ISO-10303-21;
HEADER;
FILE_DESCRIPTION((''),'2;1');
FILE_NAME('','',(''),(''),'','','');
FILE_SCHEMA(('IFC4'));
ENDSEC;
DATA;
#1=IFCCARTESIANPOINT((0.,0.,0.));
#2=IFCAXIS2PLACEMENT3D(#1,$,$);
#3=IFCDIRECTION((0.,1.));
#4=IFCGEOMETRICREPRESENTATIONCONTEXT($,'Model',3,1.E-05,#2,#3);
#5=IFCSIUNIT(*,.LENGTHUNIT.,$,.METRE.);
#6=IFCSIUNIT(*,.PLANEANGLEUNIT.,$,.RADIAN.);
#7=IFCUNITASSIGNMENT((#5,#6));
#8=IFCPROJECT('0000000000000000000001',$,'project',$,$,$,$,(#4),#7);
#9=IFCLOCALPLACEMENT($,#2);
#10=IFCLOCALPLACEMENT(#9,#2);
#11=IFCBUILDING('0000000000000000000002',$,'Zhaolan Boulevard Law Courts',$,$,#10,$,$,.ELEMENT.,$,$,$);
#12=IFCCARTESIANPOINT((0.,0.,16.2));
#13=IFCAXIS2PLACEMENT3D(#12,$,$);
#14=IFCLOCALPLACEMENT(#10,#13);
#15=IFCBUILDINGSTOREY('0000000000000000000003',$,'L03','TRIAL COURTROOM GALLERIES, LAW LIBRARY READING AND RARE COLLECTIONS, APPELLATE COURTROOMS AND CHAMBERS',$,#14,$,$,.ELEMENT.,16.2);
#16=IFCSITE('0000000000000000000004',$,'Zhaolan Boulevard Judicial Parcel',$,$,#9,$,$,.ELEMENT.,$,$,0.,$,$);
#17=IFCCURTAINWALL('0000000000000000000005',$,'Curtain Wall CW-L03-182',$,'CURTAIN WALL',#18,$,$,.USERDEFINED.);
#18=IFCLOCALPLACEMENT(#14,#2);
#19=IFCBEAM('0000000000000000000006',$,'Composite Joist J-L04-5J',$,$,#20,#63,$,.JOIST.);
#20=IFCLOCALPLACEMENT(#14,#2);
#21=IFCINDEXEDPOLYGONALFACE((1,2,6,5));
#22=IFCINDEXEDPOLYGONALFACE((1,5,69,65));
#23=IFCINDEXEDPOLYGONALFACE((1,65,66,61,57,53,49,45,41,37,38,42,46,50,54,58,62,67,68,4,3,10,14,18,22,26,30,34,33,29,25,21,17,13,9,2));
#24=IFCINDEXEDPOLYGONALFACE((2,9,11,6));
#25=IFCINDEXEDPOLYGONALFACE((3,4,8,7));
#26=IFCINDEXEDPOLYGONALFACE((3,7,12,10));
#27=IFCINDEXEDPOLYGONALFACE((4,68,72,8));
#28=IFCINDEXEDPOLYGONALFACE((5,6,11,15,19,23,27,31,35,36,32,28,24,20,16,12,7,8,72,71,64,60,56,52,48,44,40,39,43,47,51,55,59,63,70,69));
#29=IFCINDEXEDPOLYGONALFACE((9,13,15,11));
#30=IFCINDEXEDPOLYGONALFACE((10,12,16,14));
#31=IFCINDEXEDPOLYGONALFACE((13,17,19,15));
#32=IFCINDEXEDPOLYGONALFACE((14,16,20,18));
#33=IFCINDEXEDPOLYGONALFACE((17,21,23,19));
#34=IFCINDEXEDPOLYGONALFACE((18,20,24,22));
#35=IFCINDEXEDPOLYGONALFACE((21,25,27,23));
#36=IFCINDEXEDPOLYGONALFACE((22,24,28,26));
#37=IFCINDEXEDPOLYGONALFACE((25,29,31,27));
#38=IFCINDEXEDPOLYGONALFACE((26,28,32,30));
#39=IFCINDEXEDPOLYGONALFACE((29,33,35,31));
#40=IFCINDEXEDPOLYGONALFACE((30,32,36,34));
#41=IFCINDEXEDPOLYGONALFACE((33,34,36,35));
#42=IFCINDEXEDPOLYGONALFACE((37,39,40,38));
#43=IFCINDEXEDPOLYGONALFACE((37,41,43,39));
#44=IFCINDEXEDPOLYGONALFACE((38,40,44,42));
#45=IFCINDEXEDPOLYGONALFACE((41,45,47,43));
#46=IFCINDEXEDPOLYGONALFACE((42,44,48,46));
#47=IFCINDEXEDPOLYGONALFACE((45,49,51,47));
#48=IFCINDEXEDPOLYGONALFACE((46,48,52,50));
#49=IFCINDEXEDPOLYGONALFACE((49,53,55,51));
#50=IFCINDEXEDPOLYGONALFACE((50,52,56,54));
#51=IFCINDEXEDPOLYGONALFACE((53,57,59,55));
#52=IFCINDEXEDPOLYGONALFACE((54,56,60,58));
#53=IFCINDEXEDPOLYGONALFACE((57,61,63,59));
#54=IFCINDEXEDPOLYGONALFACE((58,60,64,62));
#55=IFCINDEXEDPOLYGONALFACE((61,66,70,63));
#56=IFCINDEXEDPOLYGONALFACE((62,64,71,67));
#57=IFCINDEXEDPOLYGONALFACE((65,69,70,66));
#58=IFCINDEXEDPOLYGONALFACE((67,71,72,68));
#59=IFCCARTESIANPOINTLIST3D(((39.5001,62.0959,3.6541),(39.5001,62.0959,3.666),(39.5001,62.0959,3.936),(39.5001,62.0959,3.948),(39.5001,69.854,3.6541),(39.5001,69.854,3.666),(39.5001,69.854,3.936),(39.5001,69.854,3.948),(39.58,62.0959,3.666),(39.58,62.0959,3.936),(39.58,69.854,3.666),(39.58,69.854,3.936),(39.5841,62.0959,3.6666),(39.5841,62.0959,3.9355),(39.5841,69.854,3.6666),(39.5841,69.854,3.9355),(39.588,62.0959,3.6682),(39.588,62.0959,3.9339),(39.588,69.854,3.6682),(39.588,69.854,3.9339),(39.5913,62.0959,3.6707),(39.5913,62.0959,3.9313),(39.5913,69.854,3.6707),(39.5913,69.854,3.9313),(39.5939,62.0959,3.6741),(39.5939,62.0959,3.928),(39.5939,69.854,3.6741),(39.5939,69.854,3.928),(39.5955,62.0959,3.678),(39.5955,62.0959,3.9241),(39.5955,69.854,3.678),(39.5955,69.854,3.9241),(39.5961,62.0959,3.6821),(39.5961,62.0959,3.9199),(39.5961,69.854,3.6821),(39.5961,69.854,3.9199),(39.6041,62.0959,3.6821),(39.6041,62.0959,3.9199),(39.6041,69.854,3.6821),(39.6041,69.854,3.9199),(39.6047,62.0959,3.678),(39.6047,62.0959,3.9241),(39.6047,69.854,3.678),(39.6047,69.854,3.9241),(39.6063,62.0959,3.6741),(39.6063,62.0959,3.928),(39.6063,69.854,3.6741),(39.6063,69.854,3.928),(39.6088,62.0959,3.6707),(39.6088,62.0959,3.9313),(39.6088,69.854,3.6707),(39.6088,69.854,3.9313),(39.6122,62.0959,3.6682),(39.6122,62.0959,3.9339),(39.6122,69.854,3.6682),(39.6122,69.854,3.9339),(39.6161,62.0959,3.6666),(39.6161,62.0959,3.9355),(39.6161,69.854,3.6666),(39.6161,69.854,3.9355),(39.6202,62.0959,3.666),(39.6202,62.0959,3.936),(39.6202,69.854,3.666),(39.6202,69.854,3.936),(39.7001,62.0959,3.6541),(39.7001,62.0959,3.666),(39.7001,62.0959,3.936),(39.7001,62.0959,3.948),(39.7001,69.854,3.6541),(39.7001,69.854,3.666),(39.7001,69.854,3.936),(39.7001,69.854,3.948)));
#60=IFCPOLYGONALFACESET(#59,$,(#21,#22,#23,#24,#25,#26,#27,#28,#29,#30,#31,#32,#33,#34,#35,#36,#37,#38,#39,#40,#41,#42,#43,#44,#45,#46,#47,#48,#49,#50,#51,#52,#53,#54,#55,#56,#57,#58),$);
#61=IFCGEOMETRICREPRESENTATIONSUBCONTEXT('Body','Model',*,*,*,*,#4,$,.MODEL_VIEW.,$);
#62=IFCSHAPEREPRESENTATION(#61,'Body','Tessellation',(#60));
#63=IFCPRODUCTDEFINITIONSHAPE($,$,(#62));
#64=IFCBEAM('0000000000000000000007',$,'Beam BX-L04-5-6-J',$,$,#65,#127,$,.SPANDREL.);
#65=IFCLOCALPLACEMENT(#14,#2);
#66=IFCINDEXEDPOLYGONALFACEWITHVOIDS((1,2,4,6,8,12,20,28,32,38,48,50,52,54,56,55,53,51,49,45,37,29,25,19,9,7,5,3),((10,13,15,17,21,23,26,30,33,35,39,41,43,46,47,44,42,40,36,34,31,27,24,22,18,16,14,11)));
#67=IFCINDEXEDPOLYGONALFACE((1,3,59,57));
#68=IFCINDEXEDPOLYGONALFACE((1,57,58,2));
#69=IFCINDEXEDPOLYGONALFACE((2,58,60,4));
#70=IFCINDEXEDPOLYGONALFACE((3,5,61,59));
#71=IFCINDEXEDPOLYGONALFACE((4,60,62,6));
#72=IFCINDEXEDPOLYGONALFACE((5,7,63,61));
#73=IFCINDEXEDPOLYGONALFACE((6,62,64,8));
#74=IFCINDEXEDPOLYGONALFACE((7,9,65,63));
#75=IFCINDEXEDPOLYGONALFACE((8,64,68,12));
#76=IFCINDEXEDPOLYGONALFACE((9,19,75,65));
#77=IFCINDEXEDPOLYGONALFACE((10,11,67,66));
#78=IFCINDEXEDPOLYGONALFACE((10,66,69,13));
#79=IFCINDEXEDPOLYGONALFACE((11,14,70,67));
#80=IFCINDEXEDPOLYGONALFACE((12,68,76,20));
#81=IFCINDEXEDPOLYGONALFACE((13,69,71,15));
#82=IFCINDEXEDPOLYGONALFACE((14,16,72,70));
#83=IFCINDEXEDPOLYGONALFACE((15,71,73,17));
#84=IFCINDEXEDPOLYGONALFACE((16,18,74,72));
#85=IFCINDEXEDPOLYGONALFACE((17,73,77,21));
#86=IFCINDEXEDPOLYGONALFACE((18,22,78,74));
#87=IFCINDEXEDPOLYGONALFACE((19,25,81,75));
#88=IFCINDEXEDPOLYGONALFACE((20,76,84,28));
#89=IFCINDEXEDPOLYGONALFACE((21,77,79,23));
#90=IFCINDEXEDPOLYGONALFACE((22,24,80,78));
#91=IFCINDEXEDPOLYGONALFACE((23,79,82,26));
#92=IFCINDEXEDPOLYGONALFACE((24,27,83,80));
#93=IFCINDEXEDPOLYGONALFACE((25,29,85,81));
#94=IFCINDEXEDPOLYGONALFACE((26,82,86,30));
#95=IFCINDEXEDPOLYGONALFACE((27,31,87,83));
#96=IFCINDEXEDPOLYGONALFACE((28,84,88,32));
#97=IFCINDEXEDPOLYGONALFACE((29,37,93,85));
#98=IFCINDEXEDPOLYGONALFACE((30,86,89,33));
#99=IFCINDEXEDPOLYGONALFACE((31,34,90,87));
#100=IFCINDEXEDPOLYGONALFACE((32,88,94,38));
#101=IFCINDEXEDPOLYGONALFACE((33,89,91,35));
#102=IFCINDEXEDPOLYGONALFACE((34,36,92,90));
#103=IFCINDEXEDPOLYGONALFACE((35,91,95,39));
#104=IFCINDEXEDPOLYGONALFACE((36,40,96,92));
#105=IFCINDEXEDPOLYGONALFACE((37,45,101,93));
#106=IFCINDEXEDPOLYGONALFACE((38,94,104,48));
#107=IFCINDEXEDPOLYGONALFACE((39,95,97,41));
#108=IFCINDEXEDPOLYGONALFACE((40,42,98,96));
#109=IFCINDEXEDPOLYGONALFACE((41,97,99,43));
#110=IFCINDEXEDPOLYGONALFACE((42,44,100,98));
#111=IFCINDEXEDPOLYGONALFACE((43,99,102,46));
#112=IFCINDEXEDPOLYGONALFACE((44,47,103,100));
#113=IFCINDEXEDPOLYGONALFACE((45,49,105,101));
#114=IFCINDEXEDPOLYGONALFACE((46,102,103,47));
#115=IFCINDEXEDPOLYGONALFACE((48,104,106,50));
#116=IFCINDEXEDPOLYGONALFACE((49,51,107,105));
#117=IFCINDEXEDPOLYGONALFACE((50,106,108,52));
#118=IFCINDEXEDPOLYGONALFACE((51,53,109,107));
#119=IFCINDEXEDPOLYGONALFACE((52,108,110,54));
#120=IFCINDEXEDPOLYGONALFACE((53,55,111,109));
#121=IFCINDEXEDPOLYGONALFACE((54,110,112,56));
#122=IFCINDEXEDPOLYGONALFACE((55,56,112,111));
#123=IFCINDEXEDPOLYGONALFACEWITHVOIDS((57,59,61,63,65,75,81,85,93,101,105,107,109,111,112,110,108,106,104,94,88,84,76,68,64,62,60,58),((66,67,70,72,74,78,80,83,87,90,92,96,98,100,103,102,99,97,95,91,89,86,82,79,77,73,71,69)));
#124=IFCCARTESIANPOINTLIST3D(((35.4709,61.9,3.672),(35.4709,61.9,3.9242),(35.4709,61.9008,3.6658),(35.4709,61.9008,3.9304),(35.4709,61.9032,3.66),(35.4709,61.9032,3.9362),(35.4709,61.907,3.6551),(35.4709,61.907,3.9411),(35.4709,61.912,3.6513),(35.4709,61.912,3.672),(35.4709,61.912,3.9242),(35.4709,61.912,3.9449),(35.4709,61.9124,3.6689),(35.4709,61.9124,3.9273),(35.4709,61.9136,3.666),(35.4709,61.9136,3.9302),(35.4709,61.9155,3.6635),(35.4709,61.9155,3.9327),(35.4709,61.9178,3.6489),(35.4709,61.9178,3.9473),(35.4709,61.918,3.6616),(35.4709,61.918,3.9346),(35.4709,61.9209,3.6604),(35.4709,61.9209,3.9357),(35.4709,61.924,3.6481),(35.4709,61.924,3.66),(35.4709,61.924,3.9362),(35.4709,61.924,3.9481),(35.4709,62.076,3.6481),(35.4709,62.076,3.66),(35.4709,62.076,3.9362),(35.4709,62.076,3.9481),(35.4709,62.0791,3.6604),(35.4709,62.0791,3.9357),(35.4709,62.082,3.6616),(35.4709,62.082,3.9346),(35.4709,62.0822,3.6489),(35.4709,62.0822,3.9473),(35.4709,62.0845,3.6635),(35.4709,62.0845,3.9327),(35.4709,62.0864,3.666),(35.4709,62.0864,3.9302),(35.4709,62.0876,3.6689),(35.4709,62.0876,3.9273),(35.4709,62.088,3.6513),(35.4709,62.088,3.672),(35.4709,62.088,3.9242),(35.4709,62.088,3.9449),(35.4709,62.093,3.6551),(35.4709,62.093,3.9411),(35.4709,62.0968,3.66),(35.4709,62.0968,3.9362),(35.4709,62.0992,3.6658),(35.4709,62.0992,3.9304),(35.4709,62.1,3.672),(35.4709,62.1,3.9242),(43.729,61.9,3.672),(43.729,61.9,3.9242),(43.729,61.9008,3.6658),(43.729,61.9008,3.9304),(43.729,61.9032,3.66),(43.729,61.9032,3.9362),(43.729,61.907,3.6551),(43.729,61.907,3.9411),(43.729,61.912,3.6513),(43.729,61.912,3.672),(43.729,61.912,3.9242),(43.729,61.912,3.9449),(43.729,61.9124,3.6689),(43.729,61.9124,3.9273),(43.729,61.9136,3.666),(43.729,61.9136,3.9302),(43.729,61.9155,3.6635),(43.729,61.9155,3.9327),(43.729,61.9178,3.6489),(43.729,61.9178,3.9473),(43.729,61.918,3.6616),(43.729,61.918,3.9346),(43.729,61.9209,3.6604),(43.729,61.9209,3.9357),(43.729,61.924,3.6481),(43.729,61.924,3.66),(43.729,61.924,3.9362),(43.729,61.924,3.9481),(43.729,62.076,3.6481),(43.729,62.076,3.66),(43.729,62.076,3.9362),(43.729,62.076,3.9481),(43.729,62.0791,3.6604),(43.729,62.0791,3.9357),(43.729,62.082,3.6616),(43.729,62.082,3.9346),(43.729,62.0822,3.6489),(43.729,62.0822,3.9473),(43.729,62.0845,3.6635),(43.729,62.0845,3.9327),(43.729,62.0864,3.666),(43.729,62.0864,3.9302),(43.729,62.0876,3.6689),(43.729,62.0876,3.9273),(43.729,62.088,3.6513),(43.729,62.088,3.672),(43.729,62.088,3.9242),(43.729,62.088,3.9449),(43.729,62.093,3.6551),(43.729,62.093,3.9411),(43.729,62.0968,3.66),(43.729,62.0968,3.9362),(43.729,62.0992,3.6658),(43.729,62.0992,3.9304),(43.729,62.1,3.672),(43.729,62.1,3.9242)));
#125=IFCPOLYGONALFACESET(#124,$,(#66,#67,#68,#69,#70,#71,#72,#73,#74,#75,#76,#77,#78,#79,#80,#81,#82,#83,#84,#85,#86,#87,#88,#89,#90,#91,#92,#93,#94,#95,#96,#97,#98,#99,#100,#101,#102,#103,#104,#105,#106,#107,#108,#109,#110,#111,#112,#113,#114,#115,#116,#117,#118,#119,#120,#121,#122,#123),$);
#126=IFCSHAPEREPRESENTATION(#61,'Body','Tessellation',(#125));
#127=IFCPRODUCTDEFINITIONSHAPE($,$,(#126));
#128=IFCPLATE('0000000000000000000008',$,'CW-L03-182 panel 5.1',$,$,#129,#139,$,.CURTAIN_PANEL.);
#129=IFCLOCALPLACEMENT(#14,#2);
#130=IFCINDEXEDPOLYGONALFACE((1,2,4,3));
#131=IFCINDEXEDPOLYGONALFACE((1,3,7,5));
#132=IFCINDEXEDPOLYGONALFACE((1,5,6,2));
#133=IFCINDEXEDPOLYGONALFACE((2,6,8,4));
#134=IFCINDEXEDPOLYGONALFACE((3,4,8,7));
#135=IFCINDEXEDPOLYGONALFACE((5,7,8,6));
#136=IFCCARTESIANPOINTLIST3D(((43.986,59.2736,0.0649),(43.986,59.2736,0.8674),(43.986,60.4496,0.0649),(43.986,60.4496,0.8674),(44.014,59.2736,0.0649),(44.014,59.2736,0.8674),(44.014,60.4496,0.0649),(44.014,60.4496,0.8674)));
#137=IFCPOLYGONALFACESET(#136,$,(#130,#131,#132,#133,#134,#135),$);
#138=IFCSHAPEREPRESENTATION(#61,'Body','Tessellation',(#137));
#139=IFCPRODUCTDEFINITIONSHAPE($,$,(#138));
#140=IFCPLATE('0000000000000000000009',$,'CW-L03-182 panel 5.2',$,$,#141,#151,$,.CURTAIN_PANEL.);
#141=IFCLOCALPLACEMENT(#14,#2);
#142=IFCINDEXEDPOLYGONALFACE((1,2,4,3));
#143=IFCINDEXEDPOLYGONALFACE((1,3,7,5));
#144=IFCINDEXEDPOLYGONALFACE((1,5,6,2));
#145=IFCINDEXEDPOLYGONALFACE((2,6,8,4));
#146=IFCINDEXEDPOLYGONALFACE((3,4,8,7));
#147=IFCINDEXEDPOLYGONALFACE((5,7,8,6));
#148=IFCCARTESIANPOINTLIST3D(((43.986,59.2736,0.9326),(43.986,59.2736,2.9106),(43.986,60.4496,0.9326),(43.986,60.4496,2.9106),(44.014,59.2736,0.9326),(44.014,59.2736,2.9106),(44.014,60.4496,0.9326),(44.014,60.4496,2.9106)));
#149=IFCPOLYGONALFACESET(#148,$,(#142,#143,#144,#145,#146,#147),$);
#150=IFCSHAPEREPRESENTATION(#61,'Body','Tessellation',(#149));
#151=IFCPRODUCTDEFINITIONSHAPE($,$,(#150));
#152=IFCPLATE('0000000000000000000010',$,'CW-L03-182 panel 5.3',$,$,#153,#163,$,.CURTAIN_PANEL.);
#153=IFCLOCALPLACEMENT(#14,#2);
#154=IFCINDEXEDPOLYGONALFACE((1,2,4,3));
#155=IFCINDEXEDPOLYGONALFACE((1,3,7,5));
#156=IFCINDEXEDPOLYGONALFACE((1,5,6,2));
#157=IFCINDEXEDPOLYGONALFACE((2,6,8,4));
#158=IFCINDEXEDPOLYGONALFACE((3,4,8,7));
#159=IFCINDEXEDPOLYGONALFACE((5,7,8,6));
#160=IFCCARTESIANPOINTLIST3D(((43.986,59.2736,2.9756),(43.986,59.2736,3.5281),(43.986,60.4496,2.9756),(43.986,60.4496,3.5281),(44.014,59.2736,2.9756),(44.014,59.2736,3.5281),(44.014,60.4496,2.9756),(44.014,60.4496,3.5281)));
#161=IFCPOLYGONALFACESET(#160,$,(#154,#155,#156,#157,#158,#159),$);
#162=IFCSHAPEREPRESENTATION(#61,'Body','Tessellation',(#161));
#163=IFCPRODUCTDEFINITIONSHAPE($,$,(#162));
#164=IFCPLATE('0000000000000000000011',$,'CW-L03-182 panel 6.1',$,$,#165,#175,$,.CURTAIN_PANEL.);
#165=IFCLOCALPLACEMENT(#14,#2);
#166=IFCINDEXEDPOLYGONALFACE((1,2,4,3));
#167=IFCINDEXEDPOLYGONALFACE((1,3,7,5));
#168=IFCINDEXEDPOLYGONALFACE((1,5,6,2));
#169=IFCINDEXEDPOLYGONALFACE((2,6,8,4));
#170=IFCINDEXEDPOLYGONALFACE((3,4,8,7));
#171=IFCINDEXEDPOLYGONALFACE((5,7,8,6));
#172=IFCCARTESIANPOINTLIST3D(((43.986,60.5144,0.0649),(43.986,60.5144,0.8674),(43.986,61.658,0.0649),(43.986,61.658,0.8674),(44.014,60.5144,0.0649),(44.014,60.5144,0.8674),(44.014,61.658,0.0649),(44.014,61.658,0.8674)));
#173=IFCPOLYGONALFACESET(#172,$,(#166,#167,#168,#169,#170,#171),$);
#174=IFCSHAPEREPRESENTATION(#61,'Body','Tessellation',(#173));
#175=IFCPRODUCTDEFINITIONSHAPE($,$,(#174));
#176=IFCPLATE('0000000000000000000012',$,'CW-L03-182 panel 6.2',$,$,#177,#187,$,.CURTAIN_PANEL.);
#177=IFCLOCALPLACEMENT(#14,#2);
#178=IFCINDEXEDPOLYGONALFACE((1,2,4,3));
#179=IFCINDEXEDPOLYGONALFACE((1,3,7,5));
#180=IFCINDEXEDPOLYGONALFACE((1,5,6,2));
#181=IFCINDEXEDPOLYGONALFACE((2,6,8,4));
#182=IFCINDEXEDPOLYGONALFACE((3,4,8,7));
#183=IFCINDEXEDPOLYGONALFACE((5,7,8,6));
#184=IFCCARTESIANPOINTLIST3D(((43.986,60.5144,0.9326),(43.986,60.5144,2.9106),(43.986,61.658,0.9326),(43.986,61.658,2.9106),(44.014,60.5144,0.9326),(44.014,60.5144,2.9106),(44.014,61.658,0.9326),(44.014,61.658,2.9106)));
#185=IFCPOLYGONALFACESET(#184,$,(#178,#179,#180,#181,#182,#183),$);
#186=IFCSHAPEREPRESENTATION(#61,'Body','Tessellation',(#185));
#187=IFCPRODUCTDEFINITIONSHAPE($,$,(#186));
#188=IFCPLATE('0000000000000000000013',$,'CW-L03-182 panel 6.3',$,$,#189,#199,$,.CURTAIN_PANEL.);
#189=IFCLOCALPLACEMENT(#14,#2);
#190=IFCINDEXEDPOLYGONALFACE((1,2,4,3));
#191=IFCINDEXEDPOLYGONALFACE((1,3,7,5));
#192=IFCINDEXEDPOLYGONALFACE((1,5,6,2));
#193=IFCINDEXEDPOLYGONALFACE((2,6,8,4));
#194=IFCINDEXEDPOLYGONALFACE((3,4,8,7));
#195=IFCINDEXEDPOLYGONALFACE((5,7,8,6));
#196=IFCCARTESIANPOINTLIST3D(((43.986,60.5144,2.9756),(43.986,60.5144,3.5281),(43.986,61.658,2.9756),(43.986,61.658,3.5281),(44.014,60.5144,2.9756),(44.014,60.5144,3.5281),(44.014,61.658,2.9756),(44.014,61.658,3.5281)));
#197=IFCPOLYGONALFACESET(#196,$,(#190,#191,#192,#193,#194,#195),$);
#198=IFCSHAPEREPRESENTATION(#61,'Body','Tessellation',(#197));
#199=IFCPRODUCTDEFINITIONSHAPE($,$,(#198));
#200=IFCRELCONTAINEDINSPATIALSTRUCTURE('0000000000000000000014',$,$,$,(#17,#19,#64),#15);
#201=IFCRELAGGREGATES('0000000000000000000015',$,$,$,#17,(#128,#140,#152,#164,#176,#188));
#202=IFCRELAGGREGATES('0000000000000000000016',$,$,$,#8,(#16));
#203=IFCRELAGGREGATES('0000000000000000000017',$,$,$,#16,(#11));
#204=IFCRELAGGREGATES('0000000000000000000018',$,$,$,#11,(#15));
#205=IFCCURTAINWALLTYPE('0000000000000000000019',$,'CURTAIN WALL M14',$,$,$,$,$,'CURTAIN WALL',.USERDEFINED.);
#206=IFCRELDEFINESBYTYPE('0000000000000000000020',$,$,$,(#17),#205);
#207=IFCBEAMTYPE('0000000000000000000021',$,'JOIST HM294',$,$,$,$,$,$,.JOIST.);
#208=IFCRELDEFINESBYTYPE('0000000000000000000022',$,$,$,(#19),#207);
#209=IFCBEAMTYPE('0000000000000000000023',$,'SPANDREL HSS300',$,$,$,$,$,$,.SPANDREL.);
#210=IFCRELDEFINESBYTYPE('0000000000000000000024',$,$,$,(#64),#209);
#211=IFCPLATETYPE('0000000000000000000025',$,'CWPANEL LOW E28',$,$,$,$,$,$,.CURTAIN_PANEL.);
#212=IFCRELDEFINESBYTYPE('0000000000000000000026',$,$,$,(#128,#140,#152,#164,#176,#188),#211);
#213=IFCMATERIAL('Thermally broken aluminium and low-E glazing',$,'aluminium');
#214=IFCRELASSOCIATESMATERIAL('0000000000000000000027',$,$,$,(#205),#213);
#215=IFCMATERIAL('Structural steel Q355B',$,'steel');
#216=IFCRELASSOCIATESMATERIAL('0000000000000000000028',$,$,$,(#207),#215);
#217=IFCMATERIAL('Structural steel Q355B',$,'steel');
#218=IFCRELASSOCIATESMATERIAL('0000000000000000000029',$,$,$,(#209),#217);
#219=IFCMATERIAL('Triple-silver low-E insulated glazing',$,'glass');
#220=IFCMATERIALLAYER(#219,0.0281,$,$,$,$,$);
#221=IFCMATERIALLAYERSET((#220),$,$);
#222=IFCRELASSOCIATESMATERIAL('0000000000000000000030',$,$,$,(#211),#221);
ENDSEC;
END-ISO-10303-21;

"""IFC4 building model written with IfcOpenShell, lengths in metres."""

from ifc_helpers import new_model, si_unit, direction, frame, origin, origin_2d, place, context, subcontext, project, spatial, rectangle, hollow_rectangle, i_section, extrude, material, layer, layer_set, material_profile, profile_set, type_object, element, aggregate, save


model = new_model("IFC4")

# Units and contexts
model_context = context("Model", 3, precision=1e-05, world=origin(), true_north=direction((0.0, 1.0)))
body_context = subcontext(model_context, "Body", "Model", "MODEL_VIEW")
ifc_project = project(units=[si_unit("LENGTHUNIT", "METRE"), si_unit("PLANEANGLEUNIT", "RADIAN")], contexts=[model_context])

# Site, building, storey
site_placement = place(None, origin())
site = spatial("IfcSite", under=ifc_project, at=site_placement, Name="Zhaolan Boulevard Judicial Parcel", CompositionType="ELEMENT", RefElevation=0.0)
building_placement = place(site_placement, origin())
building = spatial("IfcBuilding", under=site, at=building_placement, Name="Zhaolan Boulevard Law Courts", CompositionType="ELEMENT")
storey_placement = place(building_placement, frame((0.0, 0.0, 16.2)))
storey = spatial("IfcBuildingStorey", under=building, at=storey_placement, Name="L03", Description="TRIAL COURTROOM GALLERIES, LAW LIBRARY READING AND RARE COLLECTIONS, APPELLATE COURTROOMS AND CHAMBERS", CompositionType="ELEMENT", Elevation=16.2)

# Curtain wall
ifc_material_1 = material(Name="Thermally broken aluminium and low-E glazing", Category="aluminium")
curtain_wall_type_1 = type_object("IfcCurtainWallType", Name="CURTAIN WALL M14", ElementType="CURTAIN WALL", PredefinedType="USERDEFINED", material=ifc_material_1)
curtain_wall_1_placement = place(storey_placement, origin())
curtain_wall_1 = element("IfcCurtainWall", 1, at=curtain_wall_1_placement, inside=storey, type_object=curtain_wall_type_1, Name="Curtain Wall CW-L03-182", ObjectType="CURTAIN WALL", PredefinedType="USERDEFINED")

# Beams
ifc_material_2 = material(Name="Structural steel Q355B", Category="steel")
ifc_material_profile_1 = material_profile(ifc_material_2, i_section(OverallWidth=0.2, OverallDepth=0.2939, WebThickness=0.0081, FlangeThickness=0.012, FilletRadius=0.0161, at=origin_2d()), Name="HM294x200")
ifc_profile_set_1 = profile_set([ifc_material_profile_1], Name="Structural steel Q355B")
beam_type_1 = type_object("IfcBeamType", Name="JOIST HM294", PredefinedType="JOIST", material=ifc_profile_set_1)
beam_1_placement = place(storey_placement, frame((39.6001, 62.0959, 3.801), z_axis=(0.0, 1.0, 0.0), x_axis=(-1.0, 0.0, 0.0)))
element("IfcBeam", 2, at=beam_1_placement, inside=storey, type_object=beam_type_1, Name="Composite Joist J-L04-5J", PredefinedType="JOIST", context=body_context, shape_type="SweptSolid", body=[
    extrude(i_section(OverallWidth=0.2, OverallDepth=0.2939, WebThickness=0.0081, FlangeThickness=0.012, FilletRadius=0.0161, at=origin_2d()), origin(), (0.0, 0.0, 1.0), 7.7581),
])
ifc_material_3 = material(Name="Structural steel Q355B", Category="steel")
ifc_material_profile_2 = material_profile(ifc_material_3, hollow_rectangle(XDim=0.2, YDim=0.3, WallThickness=0.012, InnerFilletRadius=0.012, OuterFilletRadius=0.0239, at=origin_2d()), Name="HSS300x200x12")
ifc_profile_set_2 = profile_set([ifc_material_profile_2], Name="Structural steel Q355B")
beam_type_2 = type_object("IfcBeamType", Name="SPANDREL HSS300", PredefinedType="SPANDREL", material=ifc_profile_set_2)
beam_2_placement = place(storey_placement, frame((35.4709, 62.0, 3.7981), z_axis=(1.0, 0.0, 0.0), x_axis=(0.0, 1.0, 0.0)))
element("IfcBeam", 3, at=beam_2_placement, inside=storey, type_object=beam_type_2, Name="Beam BX-L04-5-6-J", PredefinedType="SPANDREL", context=body_context, shape_type="SweptSolid", body=[
    extrude(hollow_rectangle(XDim=0.2, YDim=0.3, WallThickness=0.012, InnerFilletRadius=0.012, OuterFilletRadius=0.0239, at=origin_2d()), origin(), (0.0, 0.0, 1.0), 8.2581),
])

# Plates
ifc_material_4 = material(Name="Triple-silver low-E insulated glazing", Category="glass")
ifc_layer_1 = layer(ifc_material_4, 0.0281)
ifc_layer_set_1 = layer_set([ifc_layer_1])
plate_type_1 = type_object("IfcPlateType", Name="CWPANEL LOW E28", PredefinedType="CURTAIN_PANEL", material=ifc_layer_set_1)
plate_1_placement = place(storey_placement, frame((44.0, 59.8616, 0.0649), z_axis=(0.0, 0.0, 1.0), x_axis=(0.0, 1.0, 0.0)))
plate_1 = element("IfcPlate", 4, at=plate_1_placement, type_object=plate_type_1, Name="CW-L03-182 panel 5.1", PredefinedType="CURTAIN_PANEL", context=body_context, shape_type="SweptSolid", body=[
    extrude(rectangle(XDim=1.176, YDim=0.0281, at=origin_2d()), origin(), (0.0, 0.0, 1.0), 0.8025),
])
plate_2_placement = place(storey_placement, frame((44.0, 59.8616, 0.9326), z_axis=(0.0, 0.0, 1.0), x_axis=(0.0, 1.0, 0.0)))
plate_2 = element("IfcPlate", 5, at=plate_2_placement, type_object=plate_type_1, Name="CW-L03-182 panel 5.2", PredefinedType="CURTAIN_PANEL", context=body_context, shape_type="SweptSolid", body=[
    extrude(rectangle(XDim=1.176, YDim=0.0281, at=origin_2d()), origin(), (0.0, 0.0, 1.0), 1.978),
])
plate_3_placement = place(storey_placement, frame((44.0, 59.8616, 2.9756), z_axis=(0.0, 0.0, 1.0), x_axis=(0.0, 1.0, 0.0)))
plate_3 = element("IfcPlate", 6, at=plate_3_placement, type_object=plate_type_1, Name="CW-L03-182 panel 5.3", PredefinedType="CURTAIN_PANEL", context=body_context, shape_type="SweptSolid", body=[
    extrude(rectangle(XDim=1.176, YDim=0.0281, at=origin_2d()), origin(), (0.0, 0.0, 1.0), 0.5525),
])
plate_4_placement = place(storey_placement, frame((44.0, 61.0862, 0.0649), z_axis=(0.0, 0.0, 1.0), x_axis=(0.0, 1.0, 0.0)))
plate_4 = element("IfcPlate", 7, at=plate_4_placement, type_object=plate_type_1, Name="CW-L03-182 panel 6.1", PredefinedType="CURTAIN_PANEL", context=body_context, shape_type="SweptSolid", body=[
    extrude(rectangle(XDim=1.1436, YDim=0.0281, at=origin_2d()), origin(), (0.0, 0.0, 1.0), 0.8025),
])
plate_5_placement = place(storey_placement, frame((44.0, 61.0862, 0.9326), z_axis=(0.0, 0.0, 1.0), x_axis=(0.0, 1.0, 0.0)))
plate_5 = element("IfcPlate", 8, at=plate_5_placement, type_object=plate_type_1, Name="CW-L03-182 panel 6.2", PredefinedType="CURTAIN_PANEL", context=body_context, shape_type="SweptSolid", body=[
    extrude(rectangle(XDim=1.1436, YDim=0.0281, at=origin_2d()), origin(), (0.0, 0.0, 1.0), 1.978),
])
plate_6_placement = place(storey_placement, frame((44.0, 61.0862, 2.9756), z_axis=(0.0, 0.0, 1.0), x_axis=(0.0, 1.0, 0.0)))
plate_6 = element("IfcPlate", 9, at=plate_6_placement, type_object=plate_type_1, Name="CW-L03-182 panel 6.3", PredefinedType="CURTAIN_PANEL", context=body_context, shape_type="SweptSolid", body=[
    extrude(rectangle(XDim=1.1436, YDim=0.0281, at=origin_2d()), origin(), (0.0, 0.0, 1.0), 0.5525),
])
aggregate(curtain_wall_1, [plate_1, plate_2, plate_3, plate_4, plate_5, plate_6])

save(model, "model.ifc")
